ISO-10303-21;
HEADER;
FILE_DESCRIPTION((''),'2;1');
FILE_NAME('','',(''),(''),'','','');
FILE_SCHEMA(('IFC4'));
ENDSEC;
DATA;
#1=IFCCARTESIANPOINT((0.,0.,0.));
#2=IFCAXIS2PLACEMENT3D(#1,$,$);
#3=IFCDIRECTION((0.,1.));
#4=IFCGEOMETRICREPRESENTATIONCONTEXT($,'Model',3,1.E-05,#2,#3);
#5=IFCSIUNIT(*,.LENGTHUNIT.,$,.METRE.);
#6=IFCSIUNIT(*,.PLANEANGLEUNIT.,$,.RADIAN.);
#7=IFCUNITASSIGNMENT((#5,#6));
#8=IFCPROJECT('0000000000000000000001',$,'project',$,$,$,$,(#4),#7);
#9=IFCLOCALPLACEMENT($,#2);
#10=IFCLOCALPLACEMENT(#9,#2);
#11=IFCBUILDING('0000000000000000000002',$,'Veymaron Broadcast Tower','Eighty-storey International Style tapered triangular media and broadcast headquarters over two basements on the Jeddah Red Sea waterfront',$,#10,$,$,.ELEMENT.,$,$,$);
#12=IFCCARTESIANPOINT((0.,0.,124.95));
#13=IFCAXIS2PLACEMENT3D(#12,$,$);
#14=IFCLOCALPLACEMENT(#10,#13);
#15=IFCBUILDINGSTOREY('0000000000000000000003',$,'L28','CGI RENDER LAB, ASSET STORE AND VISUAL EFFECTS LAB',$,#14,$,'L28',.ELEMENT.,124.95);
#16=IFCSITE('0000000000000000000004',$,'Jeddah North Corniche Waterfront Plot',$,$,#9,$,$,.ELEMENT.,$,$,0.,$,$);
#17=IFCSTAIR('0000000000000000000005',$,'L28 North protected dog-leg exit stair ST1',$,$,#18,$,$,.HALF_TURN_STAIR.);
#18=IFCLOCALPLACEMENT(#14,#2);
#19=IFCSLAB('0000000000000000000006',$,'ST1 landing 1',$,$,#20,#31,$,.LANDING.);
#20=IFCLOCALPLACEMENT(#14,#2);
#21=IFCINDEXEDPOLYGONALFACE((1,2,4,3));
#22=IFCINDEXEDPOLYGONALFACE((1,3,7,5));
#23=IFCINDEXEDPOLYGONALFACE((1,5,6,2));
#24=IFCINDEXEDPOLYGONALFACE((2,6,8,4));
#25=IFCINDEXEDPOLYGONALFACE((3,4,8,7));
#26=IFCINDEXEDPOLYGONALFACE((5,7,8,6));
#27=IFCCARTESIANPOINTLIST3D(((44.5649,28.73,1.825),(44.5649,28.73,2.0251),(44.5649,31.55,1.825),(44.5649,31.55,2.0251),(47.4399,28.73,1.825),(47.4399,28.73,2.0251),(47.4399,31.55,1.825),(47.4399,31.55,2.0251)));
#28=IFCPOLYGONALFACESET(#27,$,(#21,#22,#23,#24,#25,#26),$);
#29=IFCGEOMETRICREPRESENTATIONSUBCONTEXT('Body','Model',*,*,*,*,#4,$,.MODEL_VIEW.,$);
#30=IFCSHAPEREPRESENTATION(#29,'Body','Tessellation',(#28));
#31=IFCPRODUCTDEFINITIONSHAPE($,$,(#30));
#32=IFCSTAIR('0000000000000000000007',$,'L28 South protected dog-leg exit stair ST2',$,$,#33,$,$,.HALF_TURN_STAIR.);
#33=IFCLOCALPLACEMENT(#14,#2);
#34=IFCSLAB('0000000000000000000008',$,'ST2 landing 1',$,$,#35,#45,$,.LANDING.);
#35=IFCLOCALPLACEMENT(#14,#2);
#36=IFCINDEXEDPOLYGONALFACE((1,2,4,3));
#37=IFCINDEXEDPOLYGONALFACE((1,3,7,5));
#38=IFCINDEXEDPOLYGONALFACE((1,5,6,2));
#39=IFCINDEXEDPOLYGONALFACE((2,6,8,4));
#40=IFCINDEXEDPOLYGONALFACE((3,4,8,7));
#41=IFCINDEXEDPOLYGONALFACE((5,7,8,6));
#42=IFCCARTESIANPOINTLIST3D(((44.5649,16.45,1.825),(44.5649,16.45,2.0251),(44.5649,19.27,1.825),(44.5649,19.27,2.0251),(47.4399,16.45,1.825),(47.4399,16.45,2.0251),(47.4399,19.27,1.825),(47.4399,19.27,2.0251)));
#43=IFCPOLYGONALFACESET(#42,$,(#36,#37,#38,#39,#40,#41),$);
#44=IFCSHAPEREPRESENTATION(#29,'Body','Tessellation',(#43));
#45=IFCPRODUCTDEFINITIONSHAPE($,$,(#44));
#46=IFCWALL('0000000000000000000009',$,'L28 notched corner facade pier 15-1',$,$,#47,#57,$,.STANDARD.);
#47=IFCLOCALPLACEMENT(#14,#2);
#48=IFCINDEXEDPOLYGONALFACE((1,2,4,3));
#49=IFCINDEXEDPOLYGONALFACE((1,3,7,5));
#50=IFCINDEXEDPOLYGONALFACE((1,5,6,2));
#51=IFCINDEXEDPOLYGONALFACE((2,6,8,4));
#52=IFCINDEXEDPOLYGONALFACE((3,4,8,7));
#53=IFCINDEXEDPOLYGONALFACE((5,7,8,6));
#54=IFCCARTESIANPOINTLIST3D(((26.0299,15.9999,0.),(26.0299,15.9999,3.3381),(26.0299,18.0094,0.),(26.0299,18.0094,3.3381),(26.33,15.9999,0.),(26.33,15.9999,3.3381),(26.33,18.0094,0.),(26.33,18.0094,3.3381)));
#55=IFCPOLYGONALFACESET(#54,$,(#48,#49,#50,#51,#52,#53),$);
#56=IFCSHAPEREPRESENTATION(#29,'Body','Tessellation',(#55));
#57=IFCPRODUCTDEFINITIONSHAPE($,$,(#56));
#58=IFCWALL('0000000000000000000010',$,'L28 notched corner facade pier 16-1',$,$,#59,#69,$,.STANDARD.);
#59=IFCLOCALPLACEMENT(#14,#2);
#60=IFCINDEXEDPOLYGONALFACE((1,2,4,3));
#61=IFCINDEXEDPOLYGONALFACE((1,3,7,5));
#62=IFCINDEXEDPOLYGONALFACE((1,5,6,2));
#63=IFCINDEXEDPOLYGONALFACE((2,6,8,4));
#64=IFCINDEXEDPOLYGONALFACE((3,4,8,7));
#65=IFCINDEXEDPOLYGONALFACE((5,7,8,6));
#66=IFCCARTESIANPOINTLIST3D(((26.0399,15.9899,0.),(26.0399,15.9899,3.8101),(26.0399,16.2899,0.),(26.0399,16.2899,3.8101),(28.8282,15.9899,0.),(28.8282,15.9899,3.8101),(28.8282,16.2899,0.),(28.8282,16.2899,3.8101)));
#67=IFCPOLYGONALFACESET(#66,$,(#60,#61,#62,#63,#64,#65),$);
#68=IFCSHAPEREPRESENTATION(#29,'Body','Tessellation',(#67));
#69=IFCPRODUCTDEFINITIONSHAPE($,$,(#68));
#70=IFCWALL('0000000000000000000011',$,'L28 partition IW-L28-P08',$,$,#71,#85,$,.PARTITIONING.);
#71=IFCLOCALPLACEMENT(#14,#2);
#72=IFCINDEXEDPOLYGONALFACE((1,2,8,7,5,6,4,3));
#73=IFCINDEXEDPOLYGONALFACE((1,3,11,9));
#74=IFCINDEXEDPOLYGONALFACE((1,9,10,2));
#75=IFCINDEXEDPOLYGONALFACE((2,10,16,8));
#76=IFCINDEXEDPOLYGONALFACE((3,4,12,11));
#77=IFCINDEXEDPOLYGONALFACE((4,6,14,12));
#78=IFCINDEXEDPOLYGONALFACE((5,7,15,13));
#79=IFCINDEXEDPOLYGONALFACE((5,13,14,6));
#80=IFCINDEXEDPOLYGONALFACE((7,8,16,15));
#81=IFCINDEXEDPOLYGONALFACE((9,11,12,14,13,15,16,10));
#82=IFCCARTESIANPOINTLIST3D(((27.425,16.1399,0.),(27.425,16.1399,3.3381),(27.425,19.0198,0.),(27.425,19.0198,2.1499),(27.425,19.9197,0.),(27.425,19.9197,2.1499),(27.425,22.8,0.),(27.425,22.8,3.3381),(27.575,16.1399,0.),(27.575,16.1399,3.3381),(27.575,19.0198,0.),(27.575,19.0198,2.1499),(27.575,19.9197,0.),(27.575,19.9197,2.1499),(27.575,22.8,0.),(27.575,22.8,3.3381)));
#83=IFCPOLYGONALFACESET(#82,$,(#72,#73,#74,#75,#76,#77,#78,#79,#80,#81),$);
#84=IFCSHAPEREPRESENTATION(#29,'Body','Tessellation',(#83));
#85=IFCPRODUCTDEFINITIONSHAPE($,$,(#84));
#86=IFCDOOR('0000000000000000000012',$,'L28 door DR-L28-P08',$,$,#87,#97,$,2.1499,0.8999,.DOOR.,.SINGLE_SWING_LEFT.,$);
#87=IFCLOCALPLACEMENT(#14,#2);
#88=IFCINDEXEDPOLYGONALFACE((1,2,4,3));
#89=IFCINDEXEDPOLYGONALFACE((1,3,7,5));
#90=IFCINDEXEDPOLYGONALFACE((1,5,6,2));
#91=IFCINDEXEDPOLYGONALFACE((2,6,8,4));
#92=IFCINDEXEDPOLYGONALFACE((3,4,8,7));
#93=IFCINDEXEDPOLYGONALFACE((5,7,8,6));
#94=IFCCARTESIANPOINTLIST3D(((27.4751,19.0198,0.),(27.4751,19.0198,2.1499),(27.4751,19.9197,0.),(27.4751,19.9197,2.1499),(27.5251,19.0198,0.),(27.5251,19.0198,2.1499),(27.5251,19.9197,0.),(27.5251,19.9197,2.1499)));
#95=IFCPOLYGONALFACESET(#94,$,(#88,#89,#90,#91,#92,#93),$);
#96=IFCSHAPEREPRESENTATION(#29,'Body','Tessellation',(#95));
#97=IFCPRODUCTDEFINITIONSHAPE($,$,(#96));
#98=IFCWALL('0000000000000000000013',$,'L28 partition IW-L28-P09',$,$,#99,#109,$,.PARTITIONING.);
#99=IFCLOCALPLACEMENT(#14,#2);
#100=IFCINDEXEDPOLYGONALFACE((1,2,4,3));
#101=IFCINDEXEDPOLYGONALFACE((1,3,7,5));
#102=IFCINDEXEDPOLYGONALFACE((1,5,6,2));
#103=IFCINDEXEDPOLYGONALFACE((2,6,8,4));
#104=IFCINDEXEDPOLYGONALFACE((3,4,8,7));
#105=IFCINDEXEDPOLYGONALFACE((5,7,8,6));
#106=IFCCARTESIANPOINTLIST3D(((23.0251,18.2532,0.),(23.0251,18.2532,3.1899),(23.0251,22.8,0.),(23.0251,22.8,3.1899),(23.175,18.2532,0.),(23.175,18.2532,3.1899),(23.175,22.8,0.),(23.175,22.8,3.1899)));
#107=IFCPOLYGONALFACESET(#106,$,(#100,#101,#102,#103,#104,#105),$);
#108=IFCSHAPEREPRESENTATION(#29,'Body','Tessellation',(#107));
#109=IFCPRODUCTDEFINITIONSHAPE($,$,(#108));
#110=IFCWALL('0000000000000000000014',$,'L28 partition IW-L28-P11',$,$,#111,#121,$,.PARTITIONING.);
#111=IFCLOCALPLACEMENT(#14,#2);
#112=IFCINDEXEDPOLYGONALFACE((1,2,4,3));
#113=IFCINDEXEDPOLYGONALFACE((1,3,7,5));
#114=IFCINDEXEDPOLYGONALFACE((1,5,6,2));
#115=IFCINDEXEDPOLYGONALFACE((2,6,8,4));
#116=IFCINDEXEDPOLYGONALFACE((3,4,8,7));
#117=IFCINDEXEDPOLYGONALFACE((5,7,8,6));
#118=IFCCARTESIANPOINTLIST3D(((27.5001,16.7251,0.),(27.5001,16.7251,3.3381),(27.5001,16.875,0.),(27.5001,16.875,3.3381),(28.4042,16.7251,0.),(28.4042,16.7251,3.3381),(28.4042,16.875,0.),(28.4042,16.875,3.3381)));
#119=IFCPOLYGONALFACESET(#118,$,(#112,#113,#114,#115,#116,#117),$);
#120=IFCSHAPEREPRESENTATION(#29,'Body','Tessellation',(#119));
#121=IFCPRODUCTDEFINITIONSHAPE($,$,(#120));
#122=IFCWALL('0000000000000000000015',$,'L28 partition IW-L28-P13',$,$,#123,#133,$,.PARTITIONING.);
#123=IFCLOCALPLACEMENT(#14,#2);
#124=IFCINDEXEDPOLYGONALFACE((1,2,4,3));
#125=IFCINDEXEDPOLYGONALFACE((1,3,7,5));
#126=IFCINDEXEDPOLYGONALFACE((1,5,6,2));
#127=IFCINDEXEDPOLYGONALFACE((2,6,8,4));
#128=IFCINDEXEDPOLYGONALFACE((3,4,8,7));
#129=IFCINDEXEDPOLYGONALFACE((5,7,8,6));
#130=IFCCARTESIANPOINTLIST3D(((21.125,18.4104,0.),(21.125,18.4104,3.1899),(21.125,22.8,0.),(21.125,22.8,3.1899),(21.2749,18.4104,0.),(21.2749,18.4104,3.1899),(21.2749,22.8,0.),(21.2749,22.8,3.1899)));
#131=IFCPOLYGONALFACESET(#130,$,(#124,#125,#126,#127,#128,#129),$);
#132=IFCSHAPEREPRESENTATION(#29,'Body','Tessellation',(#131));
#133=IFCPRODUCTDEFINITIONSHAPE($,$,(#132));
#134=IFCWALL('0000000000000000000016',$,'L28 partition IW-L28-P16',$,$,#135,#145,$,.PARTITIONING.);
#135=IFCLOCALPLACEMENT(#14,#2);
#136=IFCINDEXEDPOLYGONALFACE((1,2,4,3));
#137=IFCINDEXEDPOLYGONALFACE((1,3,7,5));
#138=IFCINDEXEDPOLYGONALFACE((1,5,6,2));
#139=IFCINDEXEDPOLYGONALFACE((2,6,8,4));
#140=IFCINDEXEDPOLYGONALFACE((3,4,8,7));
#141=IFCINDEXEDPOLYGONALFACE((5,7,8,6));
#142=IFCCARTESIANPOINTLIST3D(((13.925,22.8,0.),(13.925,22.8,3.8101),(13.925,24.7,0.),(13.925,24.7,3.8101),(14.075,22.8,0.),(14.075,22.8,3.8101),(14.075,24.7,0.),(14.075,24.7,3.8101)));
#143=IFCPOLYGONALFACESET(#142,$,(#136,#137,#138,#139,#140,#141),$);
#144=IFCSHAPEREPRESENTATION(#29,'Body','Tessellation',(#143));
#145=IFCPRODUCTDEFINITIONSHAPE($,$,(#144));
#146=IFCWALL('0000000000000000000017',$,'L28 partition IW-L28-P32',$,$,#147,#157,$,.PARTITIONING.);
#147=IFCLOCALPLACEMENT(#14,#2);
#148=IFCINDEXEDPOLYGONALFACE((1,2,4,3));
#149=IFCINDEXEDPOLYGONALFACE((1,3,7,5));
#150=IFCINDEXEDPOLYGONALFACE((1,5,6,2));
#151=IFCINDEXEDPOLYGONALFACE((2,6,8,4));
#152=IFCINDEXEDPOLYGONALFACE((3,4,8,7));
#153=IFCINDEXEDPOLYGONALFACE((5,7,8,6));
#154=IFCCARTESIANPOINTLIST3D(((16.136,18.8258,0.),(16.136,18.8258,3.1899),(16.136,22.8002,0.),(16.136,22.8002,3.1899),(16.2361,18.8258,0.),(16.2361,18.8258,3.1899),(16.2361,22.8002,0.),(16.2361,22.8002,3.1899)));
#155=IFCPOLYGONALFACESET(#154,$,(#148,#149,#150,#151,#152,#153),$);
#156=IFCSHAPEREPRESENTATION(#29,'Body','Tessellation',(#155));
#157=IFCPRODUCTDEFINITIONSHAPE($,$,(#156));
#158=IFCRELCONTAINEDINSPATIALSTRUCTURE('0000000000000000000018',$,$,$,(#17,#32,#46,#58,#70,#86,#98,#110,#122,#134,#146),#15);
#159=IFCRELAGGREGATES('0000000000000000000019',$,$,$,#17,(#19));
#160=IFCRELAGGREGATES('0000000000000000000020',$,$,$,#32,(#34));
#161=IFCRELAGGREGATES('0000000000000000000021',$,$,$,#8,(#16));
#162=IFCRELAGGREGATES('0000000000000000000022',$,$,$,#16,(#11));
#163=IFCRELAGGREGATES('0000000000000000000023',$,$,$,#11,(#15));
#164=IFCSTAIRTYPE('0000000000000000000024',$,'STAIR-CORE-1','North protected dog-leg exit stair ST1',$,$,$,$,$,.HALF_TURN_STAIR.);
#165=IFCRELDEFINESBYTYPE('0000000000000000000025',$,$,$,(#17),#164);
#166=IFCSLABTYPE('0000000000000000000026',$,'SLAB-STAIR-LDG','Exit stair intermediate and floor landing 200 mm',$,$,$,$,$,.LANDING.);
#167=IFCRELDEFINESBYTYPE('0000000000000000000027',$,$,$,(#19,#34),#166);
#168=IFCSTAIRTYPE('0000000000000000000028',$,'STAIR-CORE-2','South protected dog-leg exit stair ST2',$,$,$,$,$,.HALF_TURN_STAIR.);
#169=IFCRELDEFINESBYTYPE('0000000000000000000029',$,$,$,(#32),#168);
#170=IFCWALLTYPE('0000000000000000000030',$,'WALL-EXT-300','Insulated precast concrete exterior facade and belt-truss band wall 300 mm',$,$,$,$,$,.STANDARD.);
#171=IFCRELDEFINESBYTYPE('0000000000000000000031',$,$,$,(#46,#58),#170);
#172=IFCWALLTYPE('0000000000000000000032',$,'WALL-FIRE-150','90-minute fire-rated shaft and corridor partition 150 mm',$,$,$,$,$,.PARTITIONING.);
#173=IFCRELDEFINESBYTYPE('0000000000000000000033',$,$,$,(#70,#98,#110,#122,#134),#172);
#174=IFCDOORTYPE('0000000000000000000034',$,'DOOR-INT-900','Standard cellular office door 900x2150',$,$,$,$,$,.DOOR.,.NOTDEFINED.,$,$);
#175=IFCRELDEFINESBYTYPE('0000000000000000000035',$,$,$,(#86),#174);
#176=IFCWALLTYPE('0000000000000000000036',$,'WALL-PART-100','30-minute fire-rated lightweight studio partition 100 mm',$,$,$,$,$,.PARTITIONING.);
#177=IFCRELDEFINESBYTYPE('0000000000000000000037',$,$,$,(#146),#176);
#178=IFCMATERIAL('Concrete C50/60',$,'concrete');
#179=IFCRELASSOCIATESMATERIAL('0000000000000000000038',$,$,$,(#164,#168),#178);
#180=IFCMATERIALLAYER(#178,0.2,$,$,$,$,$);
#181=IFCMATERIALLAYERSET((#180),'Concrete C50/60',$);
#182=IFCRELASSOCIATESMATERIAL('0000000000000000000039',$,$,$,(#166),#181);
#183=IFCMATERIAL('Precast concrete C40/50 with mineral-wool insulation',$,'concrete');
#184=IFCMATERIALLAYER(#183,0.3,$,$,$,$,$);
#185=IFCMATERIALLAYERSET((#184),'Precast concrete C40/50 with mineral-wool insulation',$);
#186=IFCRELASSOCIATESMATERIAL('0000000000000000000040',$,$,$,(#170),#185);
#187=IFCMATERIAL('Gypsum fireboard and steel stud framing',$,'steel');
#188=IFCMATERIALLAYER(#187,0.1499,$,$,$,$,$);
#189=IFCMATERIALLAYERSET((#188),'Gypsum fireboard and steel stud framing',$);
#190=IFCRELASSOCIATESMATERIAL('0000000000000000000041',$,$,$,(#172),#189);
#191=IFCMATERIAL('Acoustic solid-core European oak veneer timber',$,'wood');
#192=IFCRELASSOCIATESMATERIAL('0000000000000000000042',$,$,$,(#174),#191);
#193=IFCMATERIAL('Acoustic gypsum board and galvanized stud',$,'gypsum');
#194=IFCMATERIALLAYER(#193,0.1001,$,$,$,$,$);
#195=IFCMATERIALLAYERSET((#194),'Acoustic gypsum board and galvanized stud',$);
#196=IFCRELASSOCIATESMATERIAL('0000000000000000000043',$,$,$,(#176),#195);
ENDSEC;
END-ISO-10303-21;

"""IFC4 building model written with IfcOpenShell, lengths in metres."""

from ifc_helpers import new_model, si_unit, direction, frame, frame_2d, origin, place, context, subcontext, project, spatial, polyline, rectangle, outline, extrude, material, layer, layer_set, type_object, element, fill, aggregate, save


model = new_model("IFC4")

# Units and contexts
model_context = context("Model", 3, precision=1e-05, world=origin(), true_north=direction((0.0, 1.0)))
body_context = subcontext(model_context, "Body", "Model", "MODEL_VIEW")
ifc_project = project(units=[si_unit("LENGTHUNIT", "METRE"), si_unit("PLANEANGLEUNIT", "RADIAN")], contexts=[model_context])

# Site, building, storey
site_placement = place(None, origin())
site = spatial("IfcSite", under=ifc_project, at=site_placement, Name="Jeddah North Corniche Waterfront Plot", CompositionType="ELEMENT", RefElevation=0.0)
building_placement = place(site_placement, origin())
building = spatial("IfcBuilding", under=site, at=building_placement, Name="Veymaron Broadcast Tower", Description="Eighty-storey International Style tapered triangular media and broadcast headquarters over two basements on the Jeddah Red Sea waterfront", CompositionType="ELEMENT")
storey_placement = place(building_placement, frame((0.0, 0.0, 124.95)))
storey = spatial("IfcBuildingStorey", under=building, at=storey_placement, Name="L28", Description="CGI RENDER LAB, ASSET STORE AND VISUAL EFFECTS LAB", LongName="L28", CompositionType="ELEMENT", Elevation=124.95)

# Stairs, slabs
ifc_material_1 = material(Name="Concrete C50/60", Category="concrete")
stair_type_1 = type_object("IfcStairType", Name="STAIR-CORE-1", Description="North protected dog-leg exit stair ST1", PredefinedType="HALF_TURN_STAIR", material=ifc_material_1)
stair_1_placement = place(storey_placement, origin())
stair_1 = element("IfcStair", 1, at=stair_1_placement, inside=storey, type_object=stair_type_1, Name="L28 North protected dog-leg exit stair ST1", PredefinedType="HALF_TURN_STAIR")
ifc_layer_1 = layer(ifc_material_1, 0.2)
ifc_layer_set_1 = layer_set([ifc_layer_1], Name="Concrete C50/60")
slab_type_1 = type_object("IfcSlabType", Name="SLAB-STAIR-LDG", Description="Exit stair intermediate and floor landing 200 mm", PredefinedType="LANDING", material=ifc_layer_set_1)
slab_1_placement = place(storey_placement, frame((0.0, 0.0, 1.825)))
slab_1 = element("IfcSlab", 2, at=slab_1_placement, type_object=slab_type_1, Name="ST1 landing 1", PredefinedType="LANDING", context=body_context, shape_type="SweptSolid", body=[
    extrude(outline(polyline([(44.5649, 28.73), (47.4399, 28.73), (47.4399, 31.55), (44.5649, 31.55), (44.5649, 28.73)])), origin(), (0.0, 0.0, 1.0), 0.2002),
])
aggregate(stair_1, [slab_1])
stair_type_2 = type_object("IfcStairType", Name="STAIR-CORE-2", Description="South protected dog-leg exit stair ST2", PredefinedType="HALF_TURN_STAIR", material=ifc_material_1)
stair_2_placement = place(storey_placement, origin())
stair_2 = element("IfcStair", 3, at=stair_2_placement, inside=storey, type_object=stair_type_2, Name="L28 South protected dog-leg exit stair ST2", PredefinedType="HALF_TURN_STAIR")
slab_2_placement = place(storey_placement, frame((0.0, 0.0, 1.825)))
slab_2 = element("IfcSlab", 4, at=slab_2_placement, type_object=slab_type_1, Name="ST2 landing 1", PredefinedType="LANDING", context=body_context, shape_type="SweptSolid", body=[
    extrude(outline(polyline([(44.5649, 16.45), (47.4399, 16.45), (47.4399, 19.27), (44.5649, 19.27), (44.5649, 16.45)])), origin(), (0.0, 0.0, 1.0), 0.2002),
])
aggregate(stair_2, [slab_2])

# Walls
ifc_material_2 = material(Name="Precast concrete C40/50 with mineral-wool insulation", Category="concrete")
ifc_layer_2 = layer(ifc_material_2, 0.3)
ifc_layer_set_2 = layer_set([ifc_layer_2], Name="Precast concrete C40/50 with mineral-wool insulation")
wall_type_1 = type_object("IfcWallType", Name="WALL-EXT-300", Description="Insulated precast concrete exterior facade and belt-truss band wall 300 mm", PredefinedType="STANDARD", material=ifc_layer_set_2)
wall_1_placement = place(storey_placement, frame((26.1799, 18.0095, 0.0), z_axis=(0.0, 0.0, 1.0), x_axis=(0.0, -1.0, 0.0)))
element("IfcWall", 5, at=wall_1_placement, inside=storey, type_object=wall_type_1, Name="L28 notched corner facade pier 15-1", PredefinedType="STANDARD", context=body_context, shape_type="SweptSolid", body=[
    extrude(rectangle(XDim=2.0095, YDim=0.3, at=frame_2d((1.0049, 0.0))), origin(), (0.0, 0.0, 1.0), 3.3381),
])
wall_2_placement = place(storey_placement, frame((26.04, 16.1399, 0.0), z_axis=(0.0, 0.0, 1.0), x_axis=(1.0, 0.0, 0.0)))
element("IfcWall", 6, at=wall_2_placement, inside=storey, type_object=wall_type_1, Name="L28 notched corner facade pier 16-1", PredefinedType="STANDARD", context=body_context, shape_type="SweptSolid", body=[
    extrude(rectangle(XDim=2.7883, YDim=0.3, at=frame_2d((1.394, 0.0))), origin(), (0.0, 0.0, 1.0), 3.8101),
])

# Wall, opening, door
ifc_material_3 = material(Name="Gypsum fireboard and steel stud framing", Category="steel")
ifc_layer_3 = layer(ifc_material_3, 0.1499)
ifc_layer_set_3 = layer_set([ifc_layer_3], Name="Gypsum fireboard and steel stud framing")
wall_type_2 = type_object("IfcWallType", Name="WALL-FIRE-150", Description="90-minute fire-rated shaft and corridor partition 150 mm", PredefinedType="PARTITIONING", material=ifc_layer_set_3)
wall_3_placement = place(storey_placement, frame((27.5, 16.1399, 0.0), z_axis=(0.0, 0.0, 1.0), x_axis=(0.0, 1.0, 0.0)))
wall_3 = element("IfcWall", 7, at=wall_3_placement, inside=storey, type_object=wall_type_2, Name="L28 partition IW-L28-P08", PredefinedType="PARTITIONING", context=body_context, shape_type="SweptSolid", body=[
    extrude(rectangle(XDim=6.6602, YDim=0.1499, at=frame_2d((3.3301, 0.0))), origin(), (0.0, 0.0, 1.0), 3.3381),
])
opening_1_placement = place(wall_3_placement, frame((2.8799, 0.0, 0.0)))
opening_1 = element("IfcOpeningElement", 8, at=opening_1_placement, cuts=wall_3, PredefinedType="OPENING", context=body_context, shape_type="SweptSolid", body=[
    extrude(rectangle(XDim=0.8999, YDim=2.1499, at=frame_2d((0.45, 1.075))), frame((0.0, 0.085, 0.0), z_axis=(0.0, -1.0, 0.0), x_axis=(1.0, 0.0, 0.0)), (0.0, 0.0, 1.0), 0.1699),
])
ifc_material_4 = material(Name="Acoustic solid-core European oak veneer timber", Category="wood")
door_type_1 = type_object("IfcDoorType", Name="DOOR-INT-900", Description="Standard cellular office door 900x2150", OperationType="NOTDEFINED", PredefinedType="DOOR", material=ifc_material_4)
door_1_placement = place(opening_1_placement, origin())
door_1 = element("IfcDoor", 9, at=door_1_placement, inside=storey, type_object=door_type_1, Name="L28 door DR-L28-P08", OperationType="SINGLE_SWING_LEFT", OverallHeight=2.1499, OverallWidth=0.8999, PredefinedType="DOOR", context=body_context, shape_type="SweptSolid", body=[
    extrude(rectangle(XDim=0.8999, YDim=2.1499, at=frame_2d((0.45, 1.075))), frame((0.0, 0.0249, 0.0), z_axis=(0.0, -1.0, 0.0), x_axis=(1.0, 0.0, 0.0)), (0.0, 0.0, 1.0), 0.05),
])
fill(opening_1, door_1)

# Walls
wall_4_placement = place(storey_placement, frame((23.1001, 18.2532, 0.0), z_axis=(0.0, 0.0, 1.0), x_axis=(0.0, 1.0, 0.0)))
element("IfcWall", 10, at=wall_4_placement, inside=storey, type_object=wall_type_2, Name="L28 partition IW-L28-P09", PredefinedType="PARTITIONING", context=body_context, shape_type="SweptSolid", body=[
    extrude(rectangle(XDim=4.5469, YDim=0.1499, at=frame_2d((2.2734, 0.0))), origin(), (0.0, 0.0, 1.0), 3.1899),
])
wall_5_placement = place(storey_placement, frame((27.5, 16.8, 0.0), z_axis=(0.0, 0.0, 1.0), x_axis=(1.0, 0.0, 0.0)))
element("IfcWall", 11, at=wall_5_placement, inside=storey, type_object=wall_type_2, Name="L28 partition IW-L28-P11", PredefinedType="PARTITIONING", context=body_context, shape_type="SweptSolid", body=[
    extrude(rectangle(XDim=0.9041, YDim=0.1499, at=frame_2d((0.4521, 0.0))), origin(), (0.0, 0.0, 1.0), 3.3381),
])
wall_6_placement = place(storey_placement, frame((21.2, 18.4104, 0.0), z_axis=(0.0, 0.0, 1.0), x_axis=(0.0, 1.0, 0.0)))
element("IfcWall", 12, at=wall_6_placement, inside=storey, type_object=wall_type_2, Name="L28 partition IW-L28-P13", PredefinedType="PARTITIONING", context=body_context, shape_type="SweptSolid", body=[
    extrude(rectangle(XDim=4.3896, YDim=0.1499, at=frame_2d((2.1948, 0.0))), origin(), (0.0, 0.0, 1.0), 3.1899),
])
wall_7_placement = place(storey_placement, frame((14.0, 22.8, 0.0), z_axis=(0.0, 0.0, 1.0), x_axis=(0.0, 1.0, 0.0)))
element("IfcWall", 13, at=wall_7_placement, inside=storey, type_object=wall_type_2, Name="L28 partition IW-L28-P16", PredefinedType="PARTITIONING", context=body_context, shape_type="SweptSolid", body=[
    extrude(rectangle(XDim=1.8999, YDim=0.1499, at=frame_2d((0.95, 0.0))), origin(), (0.0, 0.0, 1.0), 3.8101),
])
ifc_material_5 = material(Name="Acoustic gypsum board and galvanized stud", Category="gypsum")
ifc_layer_4 = layer(ifc_material_5, 0.1001)
ifc_layer_set_4 = layer_set([ifc_layer_4], Name="Acoustic gypsum board and galvanized stud")
wall_type_3 = type_object("IfcWallType", Name="WALL-PART-100", Description="30-minute fire-rated lightweight studio partition 100 mm", PredefinedType="PARTITIONING", material=ifc_layer_set_4)
wall_8_placement = place(storey_placement, frame((16.186, 18.8257, 0.0), z_axis=(0.0, 0.0, 1.0), x_axis=(0.0, 1.0, 0.0)))
element("IfcWall", 14, at=wall_8_placement, inside=storey, type_object=wall_type_3, Name="L28 partition IW-L28-P32", PredefinedType="PARTITIONING", context=body_context, shape_type="SweptSolid", body=[
    extrude(rectangle(XDim=3.9744, YDim=0.1001, at=frame_2d((1.9873, 0.0))), origin(), (0.0, 0.0, 1.0), 3.1899),
])

save(model, "model.ifc")
